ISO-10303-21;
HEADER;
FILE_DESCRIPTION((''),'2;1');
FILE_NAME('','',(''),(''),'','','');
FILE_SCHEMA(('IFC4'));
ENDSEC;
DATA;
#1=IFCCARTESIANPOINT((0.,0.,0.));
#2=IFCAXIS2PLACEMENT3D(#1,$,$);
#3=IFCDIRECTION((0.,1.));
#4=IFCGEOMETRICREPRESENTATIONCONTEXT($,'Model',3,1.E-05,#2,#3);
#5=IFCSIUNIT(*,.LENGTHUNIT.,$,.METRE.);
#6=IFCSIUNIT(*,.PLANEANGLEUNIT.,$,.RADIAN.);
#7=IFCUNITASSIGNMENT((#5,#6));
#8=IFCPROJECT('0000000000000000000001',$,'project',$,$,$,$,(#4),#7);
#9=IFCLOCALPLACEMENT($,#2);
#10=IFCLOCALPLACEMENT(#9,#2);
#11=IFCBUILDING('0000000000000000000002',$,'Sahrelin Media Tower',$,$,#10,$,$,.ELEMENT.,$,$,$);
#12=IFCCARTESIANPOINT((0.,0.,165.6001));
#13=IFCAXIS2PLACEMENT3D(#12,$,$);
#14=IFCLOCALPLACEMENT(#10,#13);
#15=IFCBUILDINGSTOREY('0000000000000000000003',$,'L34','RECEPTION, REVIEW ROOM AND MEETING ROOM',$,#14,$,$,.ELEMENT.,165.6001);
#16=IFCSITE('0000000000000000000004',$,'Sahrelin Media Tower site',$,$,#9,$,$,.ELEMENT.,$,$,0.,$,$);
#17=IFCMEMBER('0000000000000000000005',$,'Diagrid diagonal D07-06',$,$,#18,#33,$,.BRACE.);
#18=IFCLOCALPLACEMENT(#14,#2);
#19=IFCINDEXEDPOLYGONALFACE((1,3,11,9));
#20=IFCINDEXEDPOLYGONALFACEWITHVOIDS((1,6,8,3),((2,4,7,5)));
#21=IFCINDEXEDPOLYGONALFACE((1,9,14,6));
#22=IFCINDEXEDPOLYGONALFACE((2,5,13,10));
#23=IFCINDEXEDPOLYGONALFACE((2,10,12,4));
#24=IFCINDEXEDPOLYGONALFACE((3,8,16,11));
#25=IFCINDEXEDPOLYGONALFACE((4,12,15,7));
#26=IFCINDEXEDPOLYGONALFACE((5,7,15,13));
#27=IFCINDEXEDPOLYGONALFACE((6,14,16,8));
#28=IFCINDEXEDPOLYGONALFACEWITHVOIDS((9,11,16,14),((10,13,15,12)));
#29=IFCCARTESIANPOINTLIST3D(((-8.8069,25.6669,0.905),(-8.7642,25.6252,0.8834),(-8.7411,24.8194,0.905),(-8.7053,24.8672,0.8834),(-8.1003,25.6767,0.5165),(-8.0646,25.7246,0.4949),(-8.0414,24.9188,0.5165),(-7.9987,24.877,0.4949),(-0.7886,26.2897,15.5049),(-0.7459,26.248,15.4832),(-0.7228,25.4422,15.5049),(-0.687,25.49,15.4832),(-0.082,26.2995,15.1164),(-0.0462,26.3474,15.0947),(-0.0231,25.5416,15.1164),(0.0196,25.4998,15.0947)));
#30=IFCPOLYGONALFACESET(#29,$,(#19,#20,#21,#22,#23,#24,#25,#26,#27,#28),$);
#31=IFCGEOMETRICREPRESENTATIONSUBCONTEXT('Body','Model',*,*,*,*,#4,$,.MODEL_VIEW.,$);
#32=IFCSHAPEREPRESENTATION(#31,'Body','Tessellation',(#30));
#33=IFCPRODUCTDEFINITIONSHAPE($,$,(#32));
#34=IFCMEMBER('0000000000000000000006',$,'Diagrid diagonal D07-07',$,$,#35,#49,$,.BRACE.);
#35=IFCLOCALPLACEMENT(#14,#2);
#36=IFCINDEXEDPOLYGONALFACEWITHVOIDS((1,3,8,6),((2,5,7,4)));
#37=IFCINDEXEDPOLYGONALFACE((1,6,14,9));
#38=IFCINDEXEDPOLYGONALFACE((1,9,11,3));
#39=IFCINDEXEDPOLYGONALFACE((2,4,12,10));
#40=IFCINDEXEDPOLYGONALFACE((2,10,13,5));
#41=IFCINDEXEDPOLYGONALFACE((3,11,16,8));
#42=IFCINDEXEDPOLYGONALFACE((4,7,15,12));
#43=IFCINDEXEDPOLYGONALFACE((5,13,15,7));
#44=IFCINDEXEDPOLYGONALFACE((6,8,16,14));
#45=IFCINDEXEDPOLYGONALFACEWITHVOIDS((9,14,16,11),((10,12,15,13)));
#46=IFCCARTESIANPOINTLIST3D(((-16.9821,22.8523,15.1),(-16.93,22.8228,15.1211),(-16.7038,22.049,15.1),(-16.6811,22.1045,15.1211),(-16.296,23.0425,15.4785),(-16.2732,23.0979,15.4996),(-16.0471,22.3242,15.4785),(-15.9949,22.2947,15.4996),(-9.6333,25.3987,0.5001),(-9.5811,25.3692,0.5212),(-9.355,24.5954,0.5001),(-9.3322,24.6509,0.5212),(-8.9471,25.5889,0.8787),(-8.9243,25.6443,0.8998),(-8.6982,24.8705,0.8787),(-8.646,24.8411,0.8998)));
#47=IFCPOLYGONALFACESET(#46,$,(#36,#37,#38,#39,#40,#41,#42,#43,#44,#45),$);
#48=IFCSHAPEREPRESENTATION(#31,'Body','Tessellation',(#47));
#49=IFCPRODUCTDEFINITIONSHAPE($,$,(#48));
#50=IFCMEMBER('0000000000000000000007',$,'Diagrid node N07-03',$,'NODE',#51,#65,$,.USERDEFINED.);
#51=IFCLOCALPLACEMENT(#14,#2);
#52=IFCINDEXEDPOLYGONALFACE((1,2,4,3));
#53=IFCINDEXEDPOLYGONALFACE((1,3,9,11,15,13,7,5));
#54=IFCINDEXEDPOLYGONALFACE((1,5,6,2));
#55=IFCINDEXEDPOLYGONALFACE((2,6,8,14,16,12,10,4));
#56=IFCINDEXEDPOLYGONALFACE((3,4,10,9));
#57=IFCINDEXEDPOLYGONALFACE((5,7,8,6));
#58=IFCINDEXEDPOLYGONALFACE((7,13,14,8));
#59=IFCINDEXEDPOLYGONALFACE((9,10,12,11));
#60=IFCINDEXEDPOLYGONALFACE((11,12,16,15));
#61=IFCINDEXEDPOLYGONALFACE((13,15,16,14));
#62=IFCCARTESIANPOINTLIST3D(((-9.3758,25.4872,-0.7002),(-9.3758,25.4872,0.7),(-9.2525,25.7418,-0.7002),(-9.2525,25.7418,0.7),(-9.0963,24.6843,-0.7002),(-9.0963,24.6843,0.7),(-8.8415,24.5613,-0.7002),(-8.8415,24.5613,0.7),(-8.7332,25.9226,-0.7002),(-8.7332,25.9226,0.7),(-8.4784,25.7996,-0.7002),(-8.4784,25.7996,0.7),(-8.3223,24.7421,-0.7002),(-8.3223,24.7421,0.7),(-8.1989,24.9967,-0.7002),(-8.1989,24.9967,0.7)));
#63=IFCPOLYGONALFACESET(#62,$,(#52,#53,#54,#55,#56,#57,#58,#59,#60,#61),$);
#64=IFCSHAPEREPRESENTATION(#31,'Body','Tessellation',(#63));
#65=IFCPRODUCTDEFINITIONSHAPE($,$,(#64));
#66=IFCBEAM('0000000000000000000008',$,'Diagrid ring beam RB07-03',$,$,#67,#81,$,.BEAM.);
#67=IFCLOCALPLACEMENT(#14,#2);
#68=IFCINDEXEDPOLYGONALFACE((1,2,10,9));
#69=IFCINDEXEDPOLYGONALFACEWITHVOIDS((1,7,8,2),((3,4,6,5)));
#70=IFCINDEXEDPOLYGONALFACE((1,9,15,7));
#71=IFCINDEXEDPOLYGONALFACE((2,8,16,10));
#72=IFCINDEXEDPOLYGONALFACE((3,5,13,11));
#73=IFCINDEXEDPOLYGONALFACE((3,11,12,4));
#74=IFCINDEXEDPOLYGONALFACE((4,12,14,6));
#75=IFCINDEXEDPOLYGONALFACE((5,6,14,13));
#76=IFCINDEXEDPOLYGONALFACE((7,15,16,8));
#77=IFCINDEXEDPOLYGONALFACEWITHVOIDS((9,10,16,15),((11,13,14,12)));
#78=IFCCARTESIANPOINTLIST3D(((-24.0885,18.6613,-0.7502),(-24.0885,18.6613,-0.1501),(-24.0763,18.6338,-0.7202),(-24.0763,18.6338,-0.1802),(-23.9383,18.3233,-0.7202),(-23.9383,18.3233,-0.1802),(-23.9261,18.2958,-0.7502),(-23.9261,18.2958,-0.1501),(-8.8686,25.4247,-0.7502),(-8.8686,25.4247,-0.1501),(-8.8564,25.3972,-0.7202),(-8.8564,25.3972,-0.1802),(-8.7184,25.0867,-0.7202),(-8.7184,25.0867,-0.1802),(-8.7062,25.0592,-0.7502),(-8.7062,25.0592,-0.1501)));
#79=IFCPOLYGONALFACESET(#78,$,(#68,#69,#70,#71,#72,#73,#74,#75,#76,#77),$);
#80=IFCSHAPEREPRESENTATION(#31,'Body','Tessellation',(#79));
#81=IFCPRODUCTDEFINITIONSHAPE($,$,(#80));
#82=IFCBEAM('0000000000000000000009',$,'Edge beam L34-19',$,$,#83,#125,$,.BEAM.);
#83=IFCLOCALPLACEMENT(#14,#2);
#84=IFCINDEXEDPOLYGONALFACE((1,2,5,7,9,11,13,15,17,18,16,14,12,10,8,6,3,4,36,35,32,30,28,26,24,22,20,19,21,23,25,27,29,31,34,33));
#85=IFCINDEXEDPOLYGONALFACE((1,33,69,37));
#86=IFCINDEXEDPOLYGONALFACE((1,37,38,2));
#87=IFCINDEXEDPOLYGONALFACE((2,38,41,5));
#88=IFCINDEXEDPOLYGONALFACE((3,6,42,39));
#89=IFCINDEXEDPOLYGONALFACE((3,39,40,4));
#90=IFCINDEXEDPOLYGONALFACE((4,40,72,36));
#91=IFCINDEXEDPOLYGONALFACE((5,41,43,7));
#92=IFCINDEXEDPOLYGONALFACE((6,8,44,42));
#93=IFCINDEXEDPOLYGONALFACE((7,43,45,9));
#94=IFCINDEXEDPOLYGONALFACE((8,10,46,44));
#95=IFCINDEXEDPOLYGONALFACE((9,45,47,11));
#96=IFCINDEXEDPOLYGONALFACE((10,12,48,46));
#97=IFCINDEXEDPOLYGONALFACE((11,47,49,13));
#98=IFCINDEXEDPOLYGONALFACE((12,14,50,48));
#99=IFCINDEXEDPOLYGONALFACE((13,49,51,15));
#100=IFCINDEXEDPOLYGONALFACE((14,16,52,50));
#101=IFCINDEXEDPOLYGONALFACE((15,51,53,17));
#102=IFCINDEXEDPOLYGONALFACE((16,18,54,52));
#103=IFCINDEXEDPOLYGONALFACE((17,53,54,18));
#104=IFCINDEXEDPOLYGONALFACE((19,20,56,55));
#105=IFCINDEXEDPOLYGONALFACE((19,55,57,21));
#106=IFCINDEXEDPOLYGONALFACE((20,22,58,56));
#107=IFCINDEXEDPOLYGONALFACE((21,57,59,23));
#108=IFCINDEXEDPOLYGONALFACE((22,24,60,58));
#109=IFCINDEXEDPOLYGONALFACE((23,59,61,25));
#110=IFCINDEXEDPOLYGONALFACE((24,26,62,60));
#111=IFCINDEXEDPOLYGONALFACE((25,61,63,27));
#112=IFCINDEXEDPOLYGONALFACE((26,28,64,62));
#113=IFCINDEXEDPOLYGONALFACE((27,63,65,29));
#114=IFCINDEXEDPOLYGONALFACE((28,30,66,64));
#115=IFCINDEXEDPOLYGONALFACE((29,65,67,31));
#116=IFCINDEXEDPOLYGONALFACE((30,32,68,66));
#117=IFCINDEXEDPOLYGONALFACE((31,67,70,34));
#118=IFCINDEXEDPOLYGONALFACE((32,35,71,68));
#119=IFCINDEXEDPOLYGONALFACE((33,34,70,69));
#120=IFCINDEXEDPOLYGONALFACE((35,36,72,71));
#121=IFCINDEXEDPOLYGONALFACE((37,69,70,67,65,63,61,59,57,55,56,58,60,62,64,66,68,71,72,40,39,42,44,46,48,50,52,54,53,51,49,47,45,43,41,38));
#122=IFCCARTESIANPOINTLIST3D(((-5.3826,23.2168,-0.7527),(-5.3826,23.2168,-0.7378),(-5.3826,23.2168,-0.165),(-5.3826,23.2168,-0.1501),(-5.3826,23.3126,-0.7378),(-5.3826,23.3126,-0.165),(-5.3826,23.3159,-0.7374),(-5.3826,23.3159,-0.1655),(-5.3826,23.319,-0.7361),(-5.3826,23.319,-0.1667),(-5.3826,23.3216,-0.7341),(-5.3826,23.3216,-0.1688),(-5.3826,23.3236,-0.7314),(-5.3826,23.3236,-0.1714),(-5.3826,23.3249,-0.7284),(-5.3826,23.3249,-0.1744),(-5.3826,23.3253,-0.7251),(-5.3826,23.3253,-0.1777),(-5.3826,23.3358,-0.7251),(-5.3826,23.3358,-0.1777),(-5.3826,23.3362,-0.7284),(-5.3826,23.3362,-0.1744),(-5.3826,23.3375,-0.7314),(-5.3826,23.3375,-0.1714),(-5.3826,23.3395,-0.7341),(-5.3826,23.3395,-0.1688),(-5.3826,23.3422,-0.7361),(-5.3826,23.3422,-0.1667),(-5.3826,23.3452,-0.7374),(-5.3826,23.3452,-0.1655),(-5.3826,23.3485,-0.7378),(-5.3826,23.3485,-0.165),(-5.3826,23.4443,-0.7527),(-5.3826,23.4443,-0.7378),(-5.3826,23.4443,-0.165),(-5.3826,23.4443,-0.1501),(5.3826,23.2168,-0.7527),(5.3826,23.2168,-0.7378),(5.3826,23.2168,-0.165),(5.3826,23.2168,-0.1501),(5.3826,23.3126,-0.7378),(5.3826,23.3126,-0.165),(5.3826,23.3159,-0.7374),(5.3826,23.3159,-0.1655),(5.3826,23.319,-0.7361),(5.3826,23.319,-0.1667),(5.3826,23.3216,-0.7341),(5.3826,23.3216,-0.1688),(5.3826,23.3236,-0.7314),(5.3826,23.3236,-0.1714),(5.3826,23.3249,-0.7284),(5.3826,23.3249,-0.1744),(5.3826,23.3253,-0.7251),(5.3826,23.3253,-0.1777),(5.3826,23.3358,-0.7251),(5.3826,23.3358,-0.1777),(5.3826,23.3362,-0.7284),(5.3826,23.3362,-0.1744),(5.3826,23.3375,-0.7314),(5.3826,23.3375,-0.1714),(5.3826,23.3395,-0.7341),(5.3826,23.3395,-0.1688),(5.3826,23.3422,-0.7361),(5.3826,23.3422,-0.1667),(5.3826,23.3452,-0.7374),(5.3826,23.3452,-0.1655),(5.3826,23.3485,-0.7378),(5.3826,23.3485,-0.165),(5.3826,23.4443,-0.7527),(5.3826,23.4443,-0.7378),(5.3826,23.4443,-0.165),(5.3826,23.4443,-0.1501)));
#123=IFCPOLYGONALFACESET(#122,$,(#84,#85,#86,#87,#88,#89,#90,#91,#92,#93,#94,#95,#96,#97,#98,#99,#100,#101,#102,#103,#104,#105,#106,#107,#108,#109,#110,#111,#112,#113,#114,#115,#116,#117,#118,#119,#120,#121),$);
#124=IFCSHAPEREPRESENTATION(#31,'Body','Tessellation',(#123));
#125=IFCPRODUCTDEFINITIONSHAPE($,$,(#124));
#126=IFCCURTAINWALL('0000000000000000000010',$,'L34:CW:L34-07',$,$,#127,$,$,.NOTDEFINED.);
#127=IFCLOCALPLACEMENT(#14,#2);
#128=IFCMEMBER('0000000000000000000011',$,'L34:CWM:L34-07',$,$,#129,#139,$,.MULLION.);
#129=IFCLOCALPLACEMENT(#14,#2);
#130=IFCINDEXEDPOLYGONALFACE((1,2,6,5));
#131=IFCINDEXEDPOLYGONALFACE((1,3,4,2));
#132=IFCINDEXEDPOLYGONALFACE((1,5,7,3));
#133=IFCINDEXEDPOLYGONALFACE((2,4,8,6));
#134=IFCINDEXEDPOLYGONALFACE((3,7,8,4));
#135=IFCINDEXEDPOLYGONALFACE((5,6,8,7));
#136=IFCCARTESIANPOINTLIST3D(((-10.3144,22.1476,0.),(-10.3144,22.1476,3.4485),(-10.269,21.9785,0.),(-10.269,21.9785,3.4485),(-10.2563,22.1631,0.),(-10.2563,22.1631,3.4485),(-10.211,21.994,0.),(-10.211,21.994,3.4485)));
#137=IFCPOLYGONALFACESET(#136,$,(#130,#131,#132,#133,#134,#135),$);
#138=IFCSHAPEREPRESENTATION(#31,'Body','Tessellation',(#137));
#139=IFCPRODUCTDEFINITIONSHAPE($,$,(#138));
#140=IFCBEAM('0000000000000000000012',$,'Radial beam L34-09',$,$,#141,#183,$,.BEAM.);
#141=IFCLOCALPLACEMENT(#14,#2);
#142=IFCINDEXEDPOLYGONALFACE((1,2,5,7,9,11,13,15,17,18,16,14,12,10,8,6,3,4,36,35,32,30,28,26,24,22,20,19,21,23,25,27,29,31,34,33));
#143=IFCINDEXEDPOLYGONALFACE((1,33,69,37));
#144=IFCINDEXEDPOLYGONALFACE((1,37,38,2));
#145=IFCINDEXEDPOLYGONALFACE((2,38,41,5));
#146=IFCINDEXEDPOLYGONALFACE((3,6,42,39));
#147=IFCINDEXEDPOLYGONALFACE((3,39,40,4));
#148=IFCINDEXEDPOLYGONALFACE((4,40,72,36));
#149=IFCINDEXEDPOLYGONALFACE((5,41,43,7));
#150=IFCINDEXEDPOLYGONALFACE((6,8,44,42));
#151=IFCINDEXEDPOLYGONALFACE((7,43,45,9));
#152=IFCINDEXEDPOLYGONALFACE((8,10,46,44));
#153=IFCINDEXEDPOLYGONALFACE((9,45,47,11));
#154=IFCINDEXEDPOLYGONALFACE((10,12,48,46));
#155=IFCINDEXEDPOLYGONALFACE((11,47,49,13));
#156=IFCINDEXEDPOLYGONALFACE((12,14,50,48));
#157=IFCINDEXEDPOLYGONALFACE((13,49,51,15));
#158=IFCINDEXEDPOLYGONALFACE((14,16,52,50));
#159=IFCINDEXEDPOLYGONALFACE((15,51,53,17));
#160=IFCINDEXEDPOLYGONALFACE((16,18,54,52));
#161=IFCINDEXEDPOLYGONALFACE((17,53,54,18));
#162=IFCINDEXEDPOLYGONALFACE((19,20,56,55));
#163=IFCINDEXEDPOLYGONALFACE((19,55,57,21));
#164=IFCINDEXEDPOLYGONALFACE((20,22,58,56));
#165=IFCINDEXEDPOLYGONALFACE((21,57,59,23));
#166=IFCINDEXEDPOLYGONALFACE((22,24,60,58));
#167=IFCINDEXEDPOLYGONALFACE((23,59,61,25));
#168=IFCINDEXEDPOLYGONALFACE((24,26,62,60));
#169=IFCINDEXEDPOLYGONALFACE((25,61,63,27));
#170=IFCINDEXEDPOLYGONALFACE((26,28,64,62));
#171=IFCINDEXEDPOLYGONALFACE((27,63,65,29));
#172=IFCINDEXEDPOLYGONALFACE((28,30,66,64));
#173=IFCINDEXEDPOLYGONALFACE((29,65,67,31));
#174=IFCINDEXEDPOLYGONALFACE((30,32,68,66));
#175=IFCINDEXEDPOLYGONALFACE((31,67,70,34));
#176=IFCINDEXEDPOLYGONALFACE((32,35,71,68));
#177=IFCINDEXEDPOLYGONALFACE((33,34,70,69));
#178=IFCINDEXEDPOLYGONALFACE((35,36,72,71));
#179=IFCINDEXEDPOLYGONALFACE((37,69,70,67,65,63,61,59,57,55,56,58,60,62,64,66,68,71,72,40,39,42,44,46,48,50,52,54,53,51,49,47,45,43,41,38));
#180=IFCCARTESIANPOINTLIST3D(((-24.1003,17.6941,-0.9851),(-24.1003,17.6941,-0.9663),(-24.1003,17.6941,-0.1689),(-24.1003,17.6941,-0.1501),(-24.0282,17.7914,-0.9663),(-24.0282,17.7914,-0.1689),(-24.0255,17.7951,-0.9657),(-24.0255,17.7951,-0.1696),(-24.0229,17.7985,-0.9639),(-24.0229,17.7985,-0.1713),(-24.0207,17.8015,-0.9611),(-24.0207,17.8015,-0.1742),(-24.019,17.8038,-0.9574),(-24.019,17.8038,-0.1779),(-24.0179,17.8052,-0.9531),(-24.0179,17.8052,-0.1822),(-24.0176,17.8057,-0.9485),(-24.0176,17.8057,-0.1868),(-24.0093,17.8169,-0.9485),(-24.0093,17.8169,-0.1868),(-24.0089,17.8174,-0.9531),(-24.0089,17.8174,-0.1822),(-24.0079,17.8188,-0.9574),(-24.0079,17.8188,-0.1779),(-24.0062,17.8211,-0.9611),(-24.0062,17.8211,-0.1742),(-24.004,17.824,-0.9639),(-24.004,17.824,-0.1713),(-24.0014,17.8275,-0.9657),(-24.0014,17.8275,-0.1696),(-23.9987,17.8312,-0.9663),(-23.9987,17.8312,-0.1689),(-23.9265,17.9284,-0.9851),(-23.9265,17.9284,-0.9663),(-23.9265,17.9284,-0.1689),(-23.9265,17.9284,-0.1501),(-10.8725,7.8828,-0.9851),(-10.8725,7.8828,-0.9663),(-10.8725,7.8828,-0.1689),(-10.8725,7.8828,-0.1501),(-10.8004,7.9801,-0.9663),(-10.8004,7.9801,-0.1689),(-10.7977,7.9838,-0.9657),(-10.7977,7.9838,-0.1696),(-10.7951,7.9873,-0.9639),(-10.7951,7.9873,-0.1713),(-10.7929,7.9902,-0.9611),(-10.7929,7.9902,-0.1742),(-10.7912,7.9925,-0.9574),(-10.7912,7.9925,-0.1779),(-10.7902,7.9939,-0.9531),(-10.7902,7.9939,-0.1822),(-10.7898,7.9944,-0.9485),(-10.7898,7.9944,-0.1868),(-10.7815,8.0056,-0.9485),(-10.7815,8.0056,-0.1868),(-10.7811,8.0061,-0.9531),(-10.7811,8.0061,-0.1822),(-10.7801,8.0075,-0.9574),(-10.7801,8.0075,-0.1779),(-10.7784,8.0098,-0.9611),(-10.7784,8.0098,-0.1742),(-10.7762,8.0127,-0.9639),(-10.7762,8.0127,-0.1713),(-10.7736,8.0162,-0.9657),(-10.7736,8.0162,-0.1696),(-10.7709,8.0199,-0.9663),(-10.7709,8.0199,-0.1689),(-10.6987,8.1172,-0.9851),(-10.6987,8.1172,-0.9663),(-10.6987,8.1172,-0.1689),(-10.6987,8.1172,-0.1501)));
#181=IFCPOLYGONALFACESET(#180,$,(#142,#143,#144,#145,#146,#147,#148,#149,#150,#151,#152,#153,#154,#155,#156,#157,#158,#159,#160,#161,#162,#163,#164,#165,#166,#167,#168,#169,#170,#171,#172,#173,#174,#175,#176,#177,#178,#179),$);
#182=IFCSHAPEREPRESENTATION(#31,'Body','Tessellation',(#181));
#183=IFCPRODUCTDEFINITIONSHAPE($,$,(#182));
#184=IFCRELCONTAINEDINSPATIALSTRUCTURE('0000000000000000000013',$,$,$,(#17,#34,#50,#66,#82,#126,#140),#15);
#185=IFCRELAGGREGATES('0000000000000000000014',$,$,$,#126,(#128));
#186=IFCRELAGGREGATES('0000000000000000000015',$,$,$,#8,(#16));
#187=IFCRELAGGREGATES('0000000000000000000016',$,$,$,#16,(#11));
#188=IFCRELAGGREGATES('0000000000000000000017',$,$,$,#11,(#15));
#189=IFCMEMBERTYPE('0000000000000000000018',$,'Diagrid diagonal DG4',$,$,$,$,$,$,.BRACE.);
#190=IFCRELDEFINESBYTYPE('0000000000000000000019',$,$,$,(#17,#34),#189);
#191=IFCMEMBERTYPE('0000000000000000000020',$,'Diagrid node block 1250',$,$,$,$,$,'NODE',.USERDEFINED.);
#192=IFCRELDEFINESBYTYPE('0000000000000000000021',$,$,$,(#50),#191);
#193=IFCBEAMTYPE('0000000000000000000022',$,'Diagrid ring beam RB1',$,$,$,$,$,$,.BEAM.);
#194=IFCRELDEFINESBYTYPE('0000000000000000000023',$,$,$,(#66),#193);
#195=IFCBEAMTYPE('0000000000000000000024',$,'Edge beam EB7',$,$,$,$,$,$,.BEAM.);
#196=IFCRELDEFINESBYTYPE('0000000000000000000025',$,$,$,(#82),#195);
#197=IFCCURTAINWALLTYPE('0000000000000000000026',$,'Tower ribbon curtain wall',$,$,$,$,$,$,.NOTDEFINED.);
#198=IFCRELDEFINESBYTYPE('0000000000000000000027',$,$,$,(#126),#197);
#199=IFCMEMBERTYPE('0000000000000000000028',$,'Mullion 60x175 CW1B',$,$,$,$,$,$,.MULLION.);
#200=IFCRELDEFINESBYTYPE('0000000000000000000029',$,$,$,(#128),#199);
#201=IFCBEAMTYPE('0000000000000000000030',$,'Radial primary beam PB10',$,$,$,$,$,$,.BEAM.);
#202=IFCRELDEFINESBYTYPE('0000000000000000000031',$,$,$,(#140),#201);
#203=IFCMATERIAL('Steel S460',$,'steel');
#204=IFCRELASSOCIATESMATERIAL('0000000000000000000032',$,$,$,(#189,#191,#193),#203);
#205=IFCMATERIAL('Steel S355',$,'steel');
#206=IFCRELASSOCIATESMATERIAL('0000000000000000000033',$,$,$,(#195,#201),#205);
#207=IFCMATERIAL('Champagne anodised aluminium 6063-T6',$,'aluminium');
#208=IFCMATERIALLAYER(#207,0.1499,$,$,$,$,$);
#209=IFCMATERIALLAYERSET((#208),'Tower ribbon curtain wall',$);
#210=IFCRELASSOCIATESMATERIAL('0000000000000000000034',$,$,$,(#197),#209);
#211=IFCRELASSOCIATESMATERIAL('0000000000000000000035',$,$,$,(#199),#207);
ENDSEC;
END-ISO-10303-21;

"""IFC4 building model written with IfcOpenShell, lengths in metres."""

from ifc_helpers import new_model, si_unit, direction, frame, origin, origin_2d, place, context, subcontext, project, spatial, polyline, rectangle, hollow_rectangle, i_section, outline, extrude, material, layer, layer_set, material_profile, profile_set, type_object, element, aggregate, save


model = new_model("IFC4")

# Units and contexts
model_context = context("Model", 3, precision=1e-05, world=origin(), true_north=direction((0.0, 1.0)))
body_context = subcontext(model_context, "Body", "Model", "MODEL_VIEW")
ifc_project = project(units=[si_unit("LENGTHUNIT", "METRE"), si_unit("PLANEANGLEUNIT", "RADIAN")], contexts=[model_context])

# Site, building, storey
site_placement = place(None, origin())
site = spatial("IfcSite", under=ifc_project, at=site_placement, Name="Sahrelin Media Tower site", CompositionType="ELEMENT", RefElevation=0.0)
building_placement = place(site_placement, origin())
building = spatial("IfcBuilding", under=site, at=building_placement, Name="Sahrelin Media Tower", CompositionType="ELEMENT")
storey_placement = place(building_placement, frame((0.0, 0.0, 165.6001)))
storey = spatial("IfcBuildingStorey", under=building, at=storey_placement, Name="L34", Description="RECEPTION, REVIEW ROOM AND MEETING ROOM", CompositionType="ELEMENT", Elevation=165.6001)

# Members
ifc_material_1 = material(Name="Steel S460", Category="steel")
ifc_material_profile_1 = material_profile(ifc_material_1, hollow_rectangle(XDim=0.8501, YDim=0.8501, WallThickness=0.0449, at=origin_2d()), Name="Diagrid diagonal DG4")
ifc_profile_set_1 = profile_set([ifc_material_profile_1], Name="Steel S460")
member_type_1 = type_object("IfcMemberType", Name="Diagrid diagonal DG4", PredefinedType="BRACE", material=ifc_profile_set_1)
member_1_placement = place(storey_placement, frame((-8.4028, 25.272, 0.7), z_axis=(0.481047, 0.037364, 0.875898), x_axis=(-0.077439, 0.996997, 0.0)))
element("IfcMember", 1, at=member_1_placement, inside=storey, type_object=member_type_1, Name="Diagrid diagonal D07-06", PredefinedType="BRACE", context=body_context, shape_type="SweptSolid", body=[
    extrude(hollow_rectangle(XDim=0.8501, YDim=0.8501, WallThickness=0.0449, at=origin_2d()), origin(), (0.0, 0.0, 1.0), 16.6685),
])
member_2_placement = place(storey_placement, frame((-9.1396, 25.1199, 0.7), z_axis=(-0.444249, -0.153932, 0.88258), x_axis=(0.327403, -0.944885, 0.0)))
element("IfcMember", 2, at=member_2_placement, inside=storey, type_object=member_type_1, Name="Diagrid diagonal D07-07", PredefinedType="BRACE", context=body_context, shape_type="SweptSolid", body=[
    extrude(hollow_rectangle(XDim=0.8501, YDim=0.8501, WallThickness=0.0449, at=origin_2d()), origin(), (0.0, 0.0, 1.0), 16.5422),
])
ifc_material_profile_2 = material_profile(ifc_material_1, outline(polyline([(0.425, -0.4751), (0.625, -0.2749), (0.625, 0.2749), (0.425, 0.4751), (-0.425, 0.4751), (-0.625, 0.2749), (-0.625, -0.2749), (-0.425, -0.4751), (0.425, -0.4751)])), Name="Diagrid node block 1250")
ifc_profile_set_2 = profile_set([ifc_material_profile_2], Name="Steel S460")
member_type_2 = type_object("IfcMemberType", Name="Diagrid node block 1250", ElementType="NODE", PredefinedType="USERDEFINED", material=ifc_profile_set_2)
member_3_placement = place(storey_placement, frame((-8.7874, 25.2419, -0.7002), z_axis=(0.0, 0.0, 1.0), x_axis=(-0.328769, 0.94441, 0.0)))
element("IfcMember", 3, at=member_3_placement, inside=storey, type_object=member_type_2, Name="Diagrid node N07-03", ObjectType="NODE", PredefinedType="USERDEFINED", context=body_context, shape_type="SweptSolid", body=[
    extrude(outline(polyline([(0.425, -0.4751), (0.625, -0.2749), (0.625, 0.2749), (0.425, 0.4751), (-0.425, 0.4751), (-0.625, 0.2749), (-0.625, -0.2749), (-0.425, -0.4751), (0.425, -0.4751)])), origin(), (0.0, 0.0, 1.0), 1.4001),
])

# Beams
ifc_material_profile_3 = material_profile(ifc_material_1, hollow_rectangle(XDim=0.3999, YDim=0.6001, WallThickness=0.03, at=origin_2d()), Name="Diagrid ring beam RB1")
ifc_profile_set_3 = profile_set([ifc_material_profile_3], Name="Steel S460")
beam_type_1 = type_object("IfcBeamType", Name="Diagrid ring beam RB1", PredefinedType="BEAM", material=ifc_profile_set_3)
beam_1_placement = place(storey_placement, frame((-8.7874, 25.2419, -0.4502), z_axis=(-0.913834, -0.406088, 0.0), x_axis=(0.406088, -0.913834, 0.0)))
element("IfcBeam", 4, at=beam_1_placement, inside=storey, type_object=beam_type_1, Name="Diagrid ring beam RB07-03", PredefinedType="BEAM", context=body_context, shape_type="SweptSolid", body=[
    extrude(hollow_rectangle(XDim=0.3999, YDim=0.6001, WallThickness=0.03, at=origin_2d()), origin(), (0.0, 0.0, 1.0), 16.655),
])
ifc_material_2 = material(Name="Steel S355", Category="steel")
ifc_material_profile_4 = material_profile(ifc_material_2, i_section(OverallWidth=0.2275, OverallDepth=0.6025, WebThickness=0.0105, FlangeThickness=0.0149, FilletRadius=0.0127, at=origin_2d()), Name="UB 610x229x101")
ifc_profile_set_4 = profile_set([ifc_material_profile_4], Name="Steel S355")
beam_type_2 = type_object("IfcBeamType", Name="Edge beam EB7", PredefinedType="BEAM", material=ifc_profile_set_4)
beam_2_placement = place(storey_placement, frame((-5.3826, 23.3306, -0.4514), z_axis=(1.0, 0.0, 0.0), x_axis=(0.0, 1.0, 0.0)))
element("IfcBeam", 5, at=beam_2_placement, inside=storey, type_object=beam_type_2, Name="Edge beam L34-19", PredefinedType="BEAM", context=body_context, shape_type="SweptSolid", body=[
    extrude(i_section(OverallWidth=0.2275, OverallDepth=0.6025, WebThickness=0.0105, FlangeThickness=0.0149, FilletRadius=0.0127, at=origin_2d()), origin(), (0.0, 0.0, 1.0), 10.7651),
])

# Curtain wall, member
ifc_material_3 = material(Name="Champagne anodised aluminium 6063-T6", Category="aluminium")
ifc_layer_1 = layer(ifc_material_3, 0.1499)
ifc_layer_set_1 = layer_set([ifc_layer_1], Name="Tower ribbon curtain wall")
curtain_wall_type = type_object("IfcCurtainWallType", Name="Tower ribbon curtain wall", PredefinedType="NOTDEFINED", material=ifc_layer_set_1)
curtain_wall_placement = place(storey_placement, frame((-10.2905, 22.1748, 0.0), z_axis=(0.0, 0.0, 1.0), x_axis=(1.0, 0.0, 0.0)))
curtain_wall = element("IfcCurtainWall", 6, at=curtain_wall_placement, inside=storey, type_object=curtain_wall_type, Name="L34:CW:L34-07", PredefinedType="NOTDEFINED")
ifc_material_profile_5 = material_profile(ifc_material_3, rectangle(XDim=0.0601, YDim=0.175, at=origin_2d()), Name="Mullion 60x175")
ifc_profile_set_5 = profile_set([ifc_material_profile_5], Name="Champagne anodised aluminium 6063-T6")
member_type_3 = type_object("IfcMemberType", Name="Mullion 60x175 CW1B", PredefinedType="MULLION", material=ifc_profile_set_5)
member_4_placement = place(storey_placement, frame((-10.2627, 22.0708, 0.0), z_axis=(0.0, 0.0, 1.0), x_axis=(-0.965926, -0.258819, 0.0)))
member_4 = element("IfcMember", 7, at=member_4_placement, type_object=member_type_3, Name="L34:CWM:L34-07", PredefinedType="MULLION", context=body_context, shape_type="SweptSolid", body=[
    extrude(rectangle(XDim=0.0601, YDim=0.175, at=origin_2d()), origin(), (0.0, 0.0, 1.0), 3.4485),
])

# Beam
ifc_material_profile_6 = material_profile(ifc_material_2, i_section(OverallWidth=0.2917, OverallDepth=0.835, WebThickness=0.0139, FlangeThickness=0.0188, FilletRadius=0.0178, at=origin_2d()), Name="UB 838x292x176")
ifc_profile_set_6 = profile_set([ifc_material_profile_6], Name="Steel S355")
beam_type_3 = type_object("IfcBeamType", Name="Radial primary beam PB10", PredefinedType="BEAM", material=ifc_profile_set_6)
beam_3_placement = place(storey_placement, frame((-10.7856, 8.0, -0.5676), z_axis=(-0.803182, 0.595734, 0.0), x_axis=(-0.595734, -0.803182, 0.0)))
element("IfcBeam", 8, at=beam_3_placement, inside=storey, type_object=beam_type_3, Name="Radial beam L34-09", PredefinedType="BEAM", context=body_context, shape_type="SweptSolid", body=[
    extrude(i_section(OverallWidth=0.2917, OverallDepth=0.835, WebThickness=0.0139, FlangeThickness=0.0188, FilletRadius=0.0178, at=origin_2d()), origin(), (0.0, 0.0, 1.0), 16.4692),
])

aggregate(curtain_wall, [member_4])

save(model, "model.ifc")
